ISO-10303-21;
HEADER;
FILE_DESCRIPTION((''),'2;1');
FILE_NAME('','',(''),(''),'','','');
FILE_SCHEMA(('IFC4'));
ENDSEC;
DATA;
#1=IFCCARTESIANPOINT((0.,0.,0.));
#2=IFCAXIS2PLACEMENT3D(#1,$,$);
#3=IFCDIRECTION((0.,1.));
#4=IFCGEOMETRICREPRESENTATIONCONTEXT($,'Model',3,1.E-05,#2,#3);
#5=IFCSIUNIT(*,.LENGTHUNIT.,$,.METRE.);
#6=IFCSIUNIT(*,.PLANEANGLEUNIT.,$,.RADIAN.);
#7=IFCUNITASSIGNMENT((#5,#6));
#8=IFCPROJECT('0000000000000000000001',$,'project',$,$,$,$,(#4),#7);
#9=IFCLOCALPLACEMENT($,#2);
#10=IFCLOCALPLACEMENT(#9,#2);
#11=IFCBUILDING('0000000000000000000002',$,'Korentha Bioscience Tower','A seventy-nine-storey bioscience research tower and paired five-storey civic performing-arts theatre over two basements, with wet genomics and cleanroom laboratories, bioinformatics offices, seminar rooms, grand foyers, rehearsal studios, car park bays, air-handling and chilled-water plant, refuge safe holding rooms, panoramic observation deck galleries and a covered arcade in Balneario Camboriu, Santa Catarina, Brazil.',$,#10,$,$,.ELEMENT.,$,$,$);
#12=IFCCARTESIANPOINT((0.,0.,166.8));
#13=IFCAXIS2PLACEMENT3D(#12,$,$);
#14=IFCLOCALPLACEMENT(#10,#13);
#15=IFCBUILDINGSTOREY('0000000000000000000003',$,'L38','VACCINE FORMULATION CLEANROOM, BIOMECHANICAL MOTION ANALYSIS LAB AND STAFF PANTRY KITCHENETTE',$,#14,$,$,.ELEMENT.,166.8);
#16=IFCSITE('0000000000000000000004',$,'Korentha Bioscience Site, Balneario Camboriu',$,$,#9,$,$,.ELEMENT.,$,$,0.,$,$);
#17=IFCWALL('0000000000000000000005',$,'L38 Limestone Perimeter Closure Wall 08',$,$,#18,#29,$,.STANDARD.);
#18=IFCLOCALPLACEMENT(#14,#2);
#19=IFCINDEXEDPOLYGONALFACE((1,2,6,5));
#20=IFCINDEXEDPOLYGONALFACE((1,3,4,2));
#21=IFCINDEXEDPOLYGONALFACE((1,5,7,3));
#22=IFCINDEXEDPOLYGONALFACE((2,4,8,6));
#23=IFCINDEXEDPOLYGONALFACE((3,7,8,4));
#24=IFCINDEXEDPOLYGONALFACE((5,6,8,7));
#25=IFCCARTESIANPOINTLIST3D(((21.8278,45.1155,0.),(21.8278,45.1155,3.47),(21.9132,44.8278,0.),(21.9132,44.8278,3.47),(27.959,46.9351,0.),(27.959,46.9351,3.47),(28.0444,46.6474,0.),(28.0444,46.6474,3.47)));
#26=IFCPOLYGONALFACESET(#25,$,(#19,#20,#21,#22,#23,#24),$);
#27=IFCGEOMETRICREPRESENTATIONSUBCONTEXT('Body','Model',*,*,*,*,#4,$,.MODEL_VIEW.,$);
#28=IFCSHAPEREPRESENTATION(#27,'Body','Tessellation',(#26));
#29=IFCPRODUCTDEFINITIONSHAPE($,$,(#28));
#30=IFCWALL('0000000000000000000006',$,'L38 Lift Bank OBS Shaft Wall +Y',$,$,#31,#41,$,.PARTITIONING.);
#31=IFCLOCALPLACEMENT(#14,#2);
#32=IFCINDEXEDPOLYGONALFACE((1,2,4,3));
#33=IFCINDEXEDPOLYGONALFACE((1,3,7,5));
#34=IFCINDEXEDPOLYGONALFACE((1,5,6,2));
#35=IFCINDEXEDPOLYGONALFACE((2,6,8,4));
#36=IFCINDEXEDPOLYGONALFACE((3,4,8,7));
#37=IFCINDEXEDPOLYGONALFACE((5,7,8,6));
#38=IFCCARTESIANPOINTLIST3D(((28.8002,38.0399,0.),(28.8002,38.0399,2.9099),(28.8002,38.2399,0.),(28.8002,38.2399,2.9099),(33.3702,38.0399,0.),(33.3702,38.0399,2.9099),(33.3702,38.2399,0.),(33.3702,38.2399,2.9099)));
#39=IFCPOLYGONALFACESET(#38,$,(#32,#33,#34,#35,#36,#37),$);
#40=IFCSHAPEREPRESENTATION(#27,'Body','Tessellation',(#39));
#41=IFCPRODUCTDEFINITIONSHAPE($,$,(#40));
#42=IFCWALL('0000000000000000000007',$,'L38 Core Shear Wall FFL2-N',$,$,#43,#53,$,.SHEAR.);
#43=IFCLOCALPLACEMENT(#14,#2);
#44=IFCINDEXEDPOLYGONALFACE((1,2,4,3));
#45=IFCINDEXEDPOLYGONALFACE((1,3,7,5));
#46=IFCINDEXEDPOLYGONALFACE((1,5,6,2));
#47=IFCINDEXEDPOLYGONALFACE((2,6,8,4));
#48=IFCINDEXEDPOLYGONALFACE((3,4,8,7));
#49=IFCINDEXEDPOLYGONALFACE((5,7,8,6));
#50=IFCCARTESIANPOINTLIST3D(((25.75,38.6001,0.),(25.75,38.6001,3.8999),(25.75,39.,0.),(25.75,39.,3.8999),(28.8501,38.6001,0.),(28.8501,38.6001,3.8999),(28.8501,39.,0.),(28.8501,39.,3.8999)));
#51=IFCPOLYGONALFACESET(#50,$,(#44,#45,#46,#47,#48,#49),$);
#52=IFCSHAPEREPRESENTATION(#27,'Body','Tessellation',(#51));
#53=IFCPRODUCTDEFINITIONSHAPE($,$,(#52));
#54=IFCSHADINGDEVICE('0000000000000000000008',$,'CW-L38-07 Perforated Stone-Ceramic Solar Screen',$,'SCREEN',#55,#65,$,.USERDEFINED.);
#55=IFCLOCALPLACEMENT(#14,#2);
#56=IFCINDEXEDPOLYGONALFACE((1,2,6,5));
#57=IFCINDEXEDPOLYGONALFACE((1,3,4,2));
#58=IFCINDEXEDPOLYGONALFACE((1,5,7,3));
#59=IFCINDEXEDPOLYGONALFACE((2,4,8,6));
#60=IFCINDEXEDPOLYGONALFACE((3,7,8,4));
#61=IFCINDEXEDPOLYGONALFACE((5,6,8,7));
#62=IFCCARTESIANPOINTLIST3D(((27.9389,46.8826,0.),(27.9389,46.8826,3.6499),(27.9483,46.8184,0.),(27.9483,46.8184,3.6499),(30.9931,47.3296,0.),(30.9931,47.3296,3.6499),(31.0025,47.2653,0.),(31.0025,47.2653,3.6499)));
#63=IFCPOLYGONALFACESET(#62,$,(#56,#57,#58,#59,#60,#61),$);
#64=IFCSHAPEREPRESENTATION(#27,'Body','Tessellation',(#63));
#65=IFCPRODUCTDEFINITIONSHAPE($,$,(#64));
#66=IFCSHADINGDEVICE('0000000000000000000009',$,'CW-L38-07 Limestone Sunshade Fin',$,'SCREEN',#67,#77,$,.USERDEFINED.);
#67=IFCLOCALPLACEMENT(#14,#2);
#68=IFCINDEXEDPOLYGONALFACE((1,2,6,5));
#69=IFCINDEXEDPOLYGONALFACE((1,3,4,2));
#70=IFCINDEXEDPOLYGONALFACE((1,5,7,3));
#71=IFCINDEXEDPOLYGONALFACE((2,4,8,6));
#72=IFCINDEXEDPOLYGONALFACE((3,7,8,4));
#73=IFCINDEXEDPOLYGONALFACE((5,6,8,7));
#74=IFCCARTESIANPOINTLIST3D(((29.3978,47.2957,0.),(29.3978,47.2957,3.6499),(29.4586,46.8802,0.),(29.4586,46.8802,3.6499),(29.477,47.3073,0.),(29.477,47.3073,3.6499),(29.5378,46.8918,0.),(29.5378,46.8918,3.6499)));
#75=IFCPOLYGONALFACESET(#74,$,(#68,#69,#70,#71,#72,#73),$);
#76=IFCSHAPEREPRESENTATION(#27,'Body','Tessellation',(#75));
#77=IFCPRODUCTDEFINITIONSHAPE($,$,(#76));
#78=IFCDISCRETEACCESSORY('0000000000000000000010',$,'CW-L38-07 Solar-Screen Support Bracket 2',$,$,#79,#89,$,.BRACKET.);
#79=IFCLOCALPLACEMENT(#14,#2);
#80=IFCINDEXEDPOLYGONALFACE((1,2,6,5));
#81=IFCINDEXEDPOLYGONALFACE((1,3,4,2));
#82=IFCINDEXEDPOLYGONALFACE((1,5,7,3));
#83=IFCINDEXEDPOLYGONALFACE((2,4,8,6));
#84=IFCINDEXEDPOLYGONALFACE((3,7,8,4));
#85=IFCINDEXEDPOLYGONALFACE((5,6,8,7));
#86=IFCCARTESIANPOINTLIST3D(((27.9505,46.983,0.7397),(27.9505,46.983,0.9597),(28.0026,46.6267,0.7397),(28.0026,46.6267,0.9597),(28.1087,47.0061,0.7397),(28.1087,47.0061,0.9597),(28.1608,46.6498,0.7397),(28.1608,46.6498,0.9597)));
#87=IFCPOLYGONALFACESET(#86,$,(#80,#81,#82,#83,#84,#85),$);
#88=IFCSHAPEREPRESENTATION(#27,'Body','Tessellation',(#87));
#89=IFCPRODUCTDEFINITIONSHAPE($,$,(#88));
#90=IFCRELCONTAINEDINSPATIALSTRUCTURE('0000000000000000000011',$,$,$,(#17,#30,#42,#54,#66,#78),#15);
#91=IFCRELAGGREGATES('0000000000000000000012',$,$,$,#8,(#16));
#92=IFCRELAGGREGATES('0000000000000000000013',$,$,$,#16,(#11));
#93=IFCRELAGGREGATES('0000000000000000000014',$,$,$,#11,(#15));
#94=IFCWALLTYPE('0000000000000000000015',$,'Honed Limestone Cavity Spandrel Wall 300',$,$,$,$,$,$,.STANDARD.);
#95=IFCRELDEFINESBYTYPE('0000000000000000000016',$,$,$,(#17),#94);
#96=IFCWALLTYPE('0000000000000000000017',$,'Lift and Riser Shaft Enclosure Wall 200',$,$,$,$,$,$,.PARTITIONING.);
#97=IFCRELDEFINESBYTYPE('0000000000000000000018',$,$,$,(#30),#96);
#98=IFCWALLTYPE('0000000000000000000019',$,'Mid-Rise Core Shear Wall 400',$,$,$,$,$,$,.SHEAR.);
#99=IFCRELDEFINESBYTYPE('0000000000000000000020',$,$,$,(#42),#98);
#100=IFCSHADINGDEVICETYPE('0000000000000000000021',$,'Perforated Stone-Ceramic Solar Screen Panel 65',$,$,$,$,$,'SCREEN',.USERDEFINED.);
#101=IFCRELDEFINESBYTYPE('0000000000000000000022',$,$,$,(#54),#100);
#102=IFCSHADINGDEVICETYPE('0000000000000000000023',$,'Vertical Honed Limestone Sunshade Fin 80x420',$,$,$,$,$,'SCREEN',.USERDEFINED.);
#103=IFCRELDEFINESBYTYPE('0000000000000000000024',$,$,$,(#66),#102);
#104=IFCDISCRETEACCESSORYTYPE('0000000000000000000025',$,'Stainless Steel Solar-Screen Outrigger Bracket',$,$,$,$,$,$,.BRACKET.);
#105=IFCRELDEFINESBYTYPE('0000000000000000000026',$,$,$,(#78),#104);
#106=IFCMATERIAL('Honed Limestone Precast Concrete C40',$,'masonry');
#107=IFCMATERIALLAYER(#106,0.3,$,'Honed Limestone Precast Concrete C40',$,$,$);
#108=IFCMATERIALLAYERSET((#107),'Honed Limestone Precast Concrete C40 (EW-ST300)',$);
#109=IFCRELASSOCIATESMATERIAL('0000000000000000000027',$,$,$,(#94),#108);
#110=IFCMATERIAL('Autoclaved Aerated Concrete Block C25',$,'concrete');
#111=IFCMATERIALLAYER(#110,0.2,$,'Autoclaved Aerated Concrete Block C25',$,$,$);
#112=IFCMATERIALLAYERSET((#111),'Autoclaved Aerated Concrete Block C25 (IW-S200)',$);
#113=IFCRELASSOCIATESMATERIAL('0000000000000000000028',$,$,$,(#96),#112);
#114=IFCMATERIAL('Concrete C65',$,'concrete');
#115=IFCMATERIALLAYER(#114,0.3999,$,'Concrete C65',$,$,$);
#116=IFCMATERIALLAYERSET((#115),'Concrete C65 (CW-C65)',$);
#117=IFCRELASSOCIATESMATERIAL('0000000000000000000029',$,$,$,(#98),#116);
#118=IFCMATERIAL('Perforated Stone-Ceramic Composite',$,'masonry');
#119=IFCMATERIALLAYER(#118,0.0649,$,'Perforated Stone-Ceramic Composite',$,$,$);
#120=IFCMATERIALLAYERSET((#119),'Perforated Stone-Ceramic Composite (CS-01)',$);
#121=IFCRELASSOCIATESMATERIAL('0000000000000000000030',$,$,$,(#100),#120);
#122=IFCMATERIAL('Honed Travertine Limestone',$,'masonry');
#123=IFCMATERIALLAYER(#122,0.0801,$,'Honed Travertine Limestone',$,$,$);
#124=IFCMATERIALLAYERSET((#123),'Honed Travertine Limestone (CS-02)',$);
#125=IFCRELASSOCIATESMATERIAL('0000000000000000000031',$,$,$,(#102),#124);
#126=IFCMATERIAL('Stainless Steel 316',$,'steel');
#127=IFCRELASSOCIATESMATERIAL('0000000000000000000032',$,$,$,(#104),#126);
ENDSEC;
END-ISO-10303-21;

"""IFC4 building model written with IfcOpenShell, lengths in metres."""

from ifc_helpers import new_model, si_unit, direction, frame, frame_2d, origin, origin_2d, place, context, subcontext, project, spatial, rectangle, extrude, material, layer, layer_set, type_object, element, save


model = new_model("IFC4")

# Units and contexts
model_context = context("Model", 3, precision=1e-05, world=origin(), true_north=direction((0.0, 1.0)))
body_context = subcontext(model_context, "Body", "Model", "MODEL_VIEW")
ifc_project = project(units=[si_unit("LENGTHUNIT", "METRE"), si_unit("PLANEANGLEUNIT", "RADIAN")], contexts=[model_context])

# Site, building, storey
site_placement = place(None, origin())
site = spatial("IfcSite", under=ifc_project, at=site_placement, Name="Korentha Bioscience Site, Balneario Camboriu", CompositionType="ELEMENT", RefElevation=0.0)
building_placement = place(site_placement, origin())
building = spatial("IfcBuilding", under=site, at=building_placement, Name="Korentha Bioscience Tower", Description="A seventy-nine-storey bioscience research tower and paired five-storey civic performing-arts theatre over two basements, with wet genomics and cleanroom laboratories, bioinformatics offices, seminar rooms, grand foyers, rehearsal studios, car park bays, air-handling and chilled-water plant, refuge safe holding rooms, panoramic observation deck galleries and a covered arcade in Balneario Camboriu, Santa Catarina, Brazil.", CompositionType="ELEMENT")
storey_placement = place(building_placement, frame((0.0, 0.0, 166.8)))
storey = spatial("IfcBuildingStorey", under=building, at=storey_placement, Name="L38", Description="VACCINE FORMULATION CLEANROOM, BIOMECHANICAL MOTION ANALYSIS LAB AND STAFF PANTRY KITCHENETTE", CompositionType="ELEMENT", Elevation=166.8)

# Shared definitions
ifc_material_1 = material(Name="Concrete C65", Category="concrete")

# Shared definitions
ifc_material_2 = material(Name="Honed Limestone Precast Concrete C40", Category="masonry")
ifc_layer_1 = layer(ifc_material_2, 0.3, Name="Honed Limestone Precast Concrete C40")
ifc_layer_set_1 = layer_set([ifc_layer_1], Name="Honed Limestone Precast Concrete C40 (EW-ST300)")
wall_type_1 = type_object("IfcWallType", Name="Honed Limestone Cavity Spandrel Wall 300", PredefinedType="STANDARD", material=ifc_layer_set_1)

# Walls
wall_1_placement = place(storey_placement, frame((28.0017, 46.7913, 0.0), z_axis=(0.0, 0.0, 1.0), x_axis=(-0.958672, -0.284513, 0.0)))
element("IfcWall", 1, at=wall_1_placement, inside=storey, type_object=wall_type_1, Name="L38 Limestone Perimeter Closure Wall 08", PredefinedType="STANDARD", context=body_context, shape_type="SweptSolid", body=[
    extrude(rectangle(XDim=6.3955, YDim=0.3, at=frame_2d((3.1978, 0.0))), origin(), (0.0, 0.0, 1.0), 3.47),
])
ifc_material_3 = material(Name="Autoclaved Aerated Concrete Block C25", Category="concrete")
ifc_layer_2 = layer(ifc_material_3, 0.2, Name="Autoclaved Aerated Concrete Block C25")
ifc_layer_set_2 = layer_set([ifc_layer_2], Name="Autoclaved Aerated Concrete Block C25 (IW-S200)")
wall_type_2 = type_object("IfcWallType", Name="Lift and Riser Shaft Enclosure Wall 200", PredefinedType="PARTITIONING", material=ifc_layer_set_2)
wall_2_placement = place(storey_placement, frame((28.8, 38.1399, 0.0), z_axis=(0.0, 0.0, 1.0), x_axis=(1.0, 0.0, 0.0)))
element("IfcWall", 2, at=wall_2_placement, inside=storey, type_object=wall_type_2, Name="L38 Lift Bank OBS Shaft Wall +Y", PredefinedType="PARTITIONING", context=body_context, shape_type="SweptSolid", body=[
    extrude(rectangle(XDim=4.5701, YDim=0.2, at=frame_2d((2.2852, 0.0))), origin(), (0.0, 0.0, 1.0), 2.9099),
])
ifc_layer_3 = layer(ifc_material_1, 0.3999, Name="Concrete C65")
ifc_layer_set_3 = layer_set([ifc_layer_3], Name="Concrete C65 (CW-C65)")
wall_type_3 = type_object("IfcWallType", Name="Mid-Rise Core Shear Wall 400", PredefinedType="SHEAR", material=ifc_layer_set_3)
wall_3_placement = place(storey_placement, frame((25.75, 38.8, 0.0), z_axis=(0.0, 0.0, 1.0), x_axis=(1.0, 0.0, 0.0)))
element("IfcWall", 3, at=wall_3_placement, inside=storey, type_object=wall_type_3, Name="L38 Core Shear Wall FFL2-N", PredefinedType="SHEAR", context=body_context, shape_type="SweptSolid", body=[
    extrude(rectangle(XDim=3.1001, YDim=0.3999, at=frame_2d((1.55, 0.0))), origin(), (0.0, 0.0, 1.0), 3.8999),
])

# Shading devices
ifc_material_4 = material(Name="Perforated Stone-Ceramic Composite", Category="masonry")
ifc_layer_4 = layer(ifc_material_4, 0.0649, Name="Perforated Stone-Ceramic Composite")
ifc_layer_set_4 = layer_set([ifc_layer_4], Name="Perforated Stone-Ceramic Composite (CS-01)")
shading_device_type_1 = type_object("IfcShadingDeviceType", Name="Perforated Stone-Ceramic Solar Screen Panel 65", ElementType="SCREEN", PredefinedType="USERDEFINED", material=ifc_layer_set_4)
shading_device_1_placement = place(storey_placement, frame((29.4707, 47.074, 0.0), z_axis=(0.0, 0.0, 1.0), x_axis=(-0.989462, -0.144793, 0.0)))
element("IfcShadingDevice", 4, at=shading_device_1_placement, inside=storey, type_object=shading_device_type_1, Name="CW-L38-07 Perforated Stone-Ceramic Solar Screen", ObjectType="SCREEN", PredefinedType="USERDEFINED", context=body_context, shape_type="SweptSolid", body=[
    extrude(rectangle(XDim=3.0867, YDim=0.0649, at=origin_2d()), origin(), (0.0, 0.0, 1.0), 3.6499),
])
ifc_material_5 = material(Name="Honed Travertine Limestone", Category="masonry")
ifc_layer_5 = layer(ifc_material_5, 0.0801, Name="Honed Travertine Limestone")
ifc_layer_set_5 = layer_set([ifc_layer_5], Name="Honed Travertine Limestone (CS-02)")
shading_device_type_2 = type_object("IfcShadingDeviceType", Name="Vertical Honed Limestone Sunshade Fin 80x420", ElementType="SCREEN", PredefinedType="USERDEFINED", material=ifc_layer_set_5)
shading_device_2_placement = place(storey_placement, frame((29.4678, 47.0938, 0.0), z_axis=(0.0, 0.0, 1.0), x_axis=(-0.989462, -0.144793, 0.0)))
element("IfcShadingDevice", 5, at=shading_device_2_placement, inside=storey, type_object=shading_device_type_2, Name="CW-L38-07 Limestone Sunshade Fin", ObjectType="SCREEN", PredefinedType="USERDEFINED", context=body_context, shape_type="SweptSolid", body=[
    extrude(rectangle(XDim=0.0801, YDim=0.4199, at=origin_2d()), origin(), (0.0, 0.0, 1.0), 3.6499),
])

# Discrete accessory
ifc_material_6 = material(Name="Stainless Steel 316", Category="steel")
discrete_accessory_type = type_object("IfcDiscreteAccessoryType", Name="Stainless Steel Solar-Screen Outrigger Bracket", PredefinedType="BRACKET", material=ifc_material_6)
discrete_accessory_placement = place(storey_placement, frame((28.0557, 46.8164, 0.7397), z_axis=(0.0, 0.0, 1.0), x_axis=(-0.989462, -0.144793, 0.0)))
element("IfcDiscreteAccessory", 6, at=discrete_accessory_placement, inside=storey, type_object=discrete_accessory_type, Name="CW-L38-07 Solar-Screen Support Bracket 2", PredefinedType="BRACKET", context=body_context, shape_type="SweptSolid", body=[
    extrude(rectangle(XDim=0.1599, YDim=0.3601, at=origin_2d()), origin(), (0.0, 0.0, 1.0), 0.22),
])

save(model, "model.ifc")
